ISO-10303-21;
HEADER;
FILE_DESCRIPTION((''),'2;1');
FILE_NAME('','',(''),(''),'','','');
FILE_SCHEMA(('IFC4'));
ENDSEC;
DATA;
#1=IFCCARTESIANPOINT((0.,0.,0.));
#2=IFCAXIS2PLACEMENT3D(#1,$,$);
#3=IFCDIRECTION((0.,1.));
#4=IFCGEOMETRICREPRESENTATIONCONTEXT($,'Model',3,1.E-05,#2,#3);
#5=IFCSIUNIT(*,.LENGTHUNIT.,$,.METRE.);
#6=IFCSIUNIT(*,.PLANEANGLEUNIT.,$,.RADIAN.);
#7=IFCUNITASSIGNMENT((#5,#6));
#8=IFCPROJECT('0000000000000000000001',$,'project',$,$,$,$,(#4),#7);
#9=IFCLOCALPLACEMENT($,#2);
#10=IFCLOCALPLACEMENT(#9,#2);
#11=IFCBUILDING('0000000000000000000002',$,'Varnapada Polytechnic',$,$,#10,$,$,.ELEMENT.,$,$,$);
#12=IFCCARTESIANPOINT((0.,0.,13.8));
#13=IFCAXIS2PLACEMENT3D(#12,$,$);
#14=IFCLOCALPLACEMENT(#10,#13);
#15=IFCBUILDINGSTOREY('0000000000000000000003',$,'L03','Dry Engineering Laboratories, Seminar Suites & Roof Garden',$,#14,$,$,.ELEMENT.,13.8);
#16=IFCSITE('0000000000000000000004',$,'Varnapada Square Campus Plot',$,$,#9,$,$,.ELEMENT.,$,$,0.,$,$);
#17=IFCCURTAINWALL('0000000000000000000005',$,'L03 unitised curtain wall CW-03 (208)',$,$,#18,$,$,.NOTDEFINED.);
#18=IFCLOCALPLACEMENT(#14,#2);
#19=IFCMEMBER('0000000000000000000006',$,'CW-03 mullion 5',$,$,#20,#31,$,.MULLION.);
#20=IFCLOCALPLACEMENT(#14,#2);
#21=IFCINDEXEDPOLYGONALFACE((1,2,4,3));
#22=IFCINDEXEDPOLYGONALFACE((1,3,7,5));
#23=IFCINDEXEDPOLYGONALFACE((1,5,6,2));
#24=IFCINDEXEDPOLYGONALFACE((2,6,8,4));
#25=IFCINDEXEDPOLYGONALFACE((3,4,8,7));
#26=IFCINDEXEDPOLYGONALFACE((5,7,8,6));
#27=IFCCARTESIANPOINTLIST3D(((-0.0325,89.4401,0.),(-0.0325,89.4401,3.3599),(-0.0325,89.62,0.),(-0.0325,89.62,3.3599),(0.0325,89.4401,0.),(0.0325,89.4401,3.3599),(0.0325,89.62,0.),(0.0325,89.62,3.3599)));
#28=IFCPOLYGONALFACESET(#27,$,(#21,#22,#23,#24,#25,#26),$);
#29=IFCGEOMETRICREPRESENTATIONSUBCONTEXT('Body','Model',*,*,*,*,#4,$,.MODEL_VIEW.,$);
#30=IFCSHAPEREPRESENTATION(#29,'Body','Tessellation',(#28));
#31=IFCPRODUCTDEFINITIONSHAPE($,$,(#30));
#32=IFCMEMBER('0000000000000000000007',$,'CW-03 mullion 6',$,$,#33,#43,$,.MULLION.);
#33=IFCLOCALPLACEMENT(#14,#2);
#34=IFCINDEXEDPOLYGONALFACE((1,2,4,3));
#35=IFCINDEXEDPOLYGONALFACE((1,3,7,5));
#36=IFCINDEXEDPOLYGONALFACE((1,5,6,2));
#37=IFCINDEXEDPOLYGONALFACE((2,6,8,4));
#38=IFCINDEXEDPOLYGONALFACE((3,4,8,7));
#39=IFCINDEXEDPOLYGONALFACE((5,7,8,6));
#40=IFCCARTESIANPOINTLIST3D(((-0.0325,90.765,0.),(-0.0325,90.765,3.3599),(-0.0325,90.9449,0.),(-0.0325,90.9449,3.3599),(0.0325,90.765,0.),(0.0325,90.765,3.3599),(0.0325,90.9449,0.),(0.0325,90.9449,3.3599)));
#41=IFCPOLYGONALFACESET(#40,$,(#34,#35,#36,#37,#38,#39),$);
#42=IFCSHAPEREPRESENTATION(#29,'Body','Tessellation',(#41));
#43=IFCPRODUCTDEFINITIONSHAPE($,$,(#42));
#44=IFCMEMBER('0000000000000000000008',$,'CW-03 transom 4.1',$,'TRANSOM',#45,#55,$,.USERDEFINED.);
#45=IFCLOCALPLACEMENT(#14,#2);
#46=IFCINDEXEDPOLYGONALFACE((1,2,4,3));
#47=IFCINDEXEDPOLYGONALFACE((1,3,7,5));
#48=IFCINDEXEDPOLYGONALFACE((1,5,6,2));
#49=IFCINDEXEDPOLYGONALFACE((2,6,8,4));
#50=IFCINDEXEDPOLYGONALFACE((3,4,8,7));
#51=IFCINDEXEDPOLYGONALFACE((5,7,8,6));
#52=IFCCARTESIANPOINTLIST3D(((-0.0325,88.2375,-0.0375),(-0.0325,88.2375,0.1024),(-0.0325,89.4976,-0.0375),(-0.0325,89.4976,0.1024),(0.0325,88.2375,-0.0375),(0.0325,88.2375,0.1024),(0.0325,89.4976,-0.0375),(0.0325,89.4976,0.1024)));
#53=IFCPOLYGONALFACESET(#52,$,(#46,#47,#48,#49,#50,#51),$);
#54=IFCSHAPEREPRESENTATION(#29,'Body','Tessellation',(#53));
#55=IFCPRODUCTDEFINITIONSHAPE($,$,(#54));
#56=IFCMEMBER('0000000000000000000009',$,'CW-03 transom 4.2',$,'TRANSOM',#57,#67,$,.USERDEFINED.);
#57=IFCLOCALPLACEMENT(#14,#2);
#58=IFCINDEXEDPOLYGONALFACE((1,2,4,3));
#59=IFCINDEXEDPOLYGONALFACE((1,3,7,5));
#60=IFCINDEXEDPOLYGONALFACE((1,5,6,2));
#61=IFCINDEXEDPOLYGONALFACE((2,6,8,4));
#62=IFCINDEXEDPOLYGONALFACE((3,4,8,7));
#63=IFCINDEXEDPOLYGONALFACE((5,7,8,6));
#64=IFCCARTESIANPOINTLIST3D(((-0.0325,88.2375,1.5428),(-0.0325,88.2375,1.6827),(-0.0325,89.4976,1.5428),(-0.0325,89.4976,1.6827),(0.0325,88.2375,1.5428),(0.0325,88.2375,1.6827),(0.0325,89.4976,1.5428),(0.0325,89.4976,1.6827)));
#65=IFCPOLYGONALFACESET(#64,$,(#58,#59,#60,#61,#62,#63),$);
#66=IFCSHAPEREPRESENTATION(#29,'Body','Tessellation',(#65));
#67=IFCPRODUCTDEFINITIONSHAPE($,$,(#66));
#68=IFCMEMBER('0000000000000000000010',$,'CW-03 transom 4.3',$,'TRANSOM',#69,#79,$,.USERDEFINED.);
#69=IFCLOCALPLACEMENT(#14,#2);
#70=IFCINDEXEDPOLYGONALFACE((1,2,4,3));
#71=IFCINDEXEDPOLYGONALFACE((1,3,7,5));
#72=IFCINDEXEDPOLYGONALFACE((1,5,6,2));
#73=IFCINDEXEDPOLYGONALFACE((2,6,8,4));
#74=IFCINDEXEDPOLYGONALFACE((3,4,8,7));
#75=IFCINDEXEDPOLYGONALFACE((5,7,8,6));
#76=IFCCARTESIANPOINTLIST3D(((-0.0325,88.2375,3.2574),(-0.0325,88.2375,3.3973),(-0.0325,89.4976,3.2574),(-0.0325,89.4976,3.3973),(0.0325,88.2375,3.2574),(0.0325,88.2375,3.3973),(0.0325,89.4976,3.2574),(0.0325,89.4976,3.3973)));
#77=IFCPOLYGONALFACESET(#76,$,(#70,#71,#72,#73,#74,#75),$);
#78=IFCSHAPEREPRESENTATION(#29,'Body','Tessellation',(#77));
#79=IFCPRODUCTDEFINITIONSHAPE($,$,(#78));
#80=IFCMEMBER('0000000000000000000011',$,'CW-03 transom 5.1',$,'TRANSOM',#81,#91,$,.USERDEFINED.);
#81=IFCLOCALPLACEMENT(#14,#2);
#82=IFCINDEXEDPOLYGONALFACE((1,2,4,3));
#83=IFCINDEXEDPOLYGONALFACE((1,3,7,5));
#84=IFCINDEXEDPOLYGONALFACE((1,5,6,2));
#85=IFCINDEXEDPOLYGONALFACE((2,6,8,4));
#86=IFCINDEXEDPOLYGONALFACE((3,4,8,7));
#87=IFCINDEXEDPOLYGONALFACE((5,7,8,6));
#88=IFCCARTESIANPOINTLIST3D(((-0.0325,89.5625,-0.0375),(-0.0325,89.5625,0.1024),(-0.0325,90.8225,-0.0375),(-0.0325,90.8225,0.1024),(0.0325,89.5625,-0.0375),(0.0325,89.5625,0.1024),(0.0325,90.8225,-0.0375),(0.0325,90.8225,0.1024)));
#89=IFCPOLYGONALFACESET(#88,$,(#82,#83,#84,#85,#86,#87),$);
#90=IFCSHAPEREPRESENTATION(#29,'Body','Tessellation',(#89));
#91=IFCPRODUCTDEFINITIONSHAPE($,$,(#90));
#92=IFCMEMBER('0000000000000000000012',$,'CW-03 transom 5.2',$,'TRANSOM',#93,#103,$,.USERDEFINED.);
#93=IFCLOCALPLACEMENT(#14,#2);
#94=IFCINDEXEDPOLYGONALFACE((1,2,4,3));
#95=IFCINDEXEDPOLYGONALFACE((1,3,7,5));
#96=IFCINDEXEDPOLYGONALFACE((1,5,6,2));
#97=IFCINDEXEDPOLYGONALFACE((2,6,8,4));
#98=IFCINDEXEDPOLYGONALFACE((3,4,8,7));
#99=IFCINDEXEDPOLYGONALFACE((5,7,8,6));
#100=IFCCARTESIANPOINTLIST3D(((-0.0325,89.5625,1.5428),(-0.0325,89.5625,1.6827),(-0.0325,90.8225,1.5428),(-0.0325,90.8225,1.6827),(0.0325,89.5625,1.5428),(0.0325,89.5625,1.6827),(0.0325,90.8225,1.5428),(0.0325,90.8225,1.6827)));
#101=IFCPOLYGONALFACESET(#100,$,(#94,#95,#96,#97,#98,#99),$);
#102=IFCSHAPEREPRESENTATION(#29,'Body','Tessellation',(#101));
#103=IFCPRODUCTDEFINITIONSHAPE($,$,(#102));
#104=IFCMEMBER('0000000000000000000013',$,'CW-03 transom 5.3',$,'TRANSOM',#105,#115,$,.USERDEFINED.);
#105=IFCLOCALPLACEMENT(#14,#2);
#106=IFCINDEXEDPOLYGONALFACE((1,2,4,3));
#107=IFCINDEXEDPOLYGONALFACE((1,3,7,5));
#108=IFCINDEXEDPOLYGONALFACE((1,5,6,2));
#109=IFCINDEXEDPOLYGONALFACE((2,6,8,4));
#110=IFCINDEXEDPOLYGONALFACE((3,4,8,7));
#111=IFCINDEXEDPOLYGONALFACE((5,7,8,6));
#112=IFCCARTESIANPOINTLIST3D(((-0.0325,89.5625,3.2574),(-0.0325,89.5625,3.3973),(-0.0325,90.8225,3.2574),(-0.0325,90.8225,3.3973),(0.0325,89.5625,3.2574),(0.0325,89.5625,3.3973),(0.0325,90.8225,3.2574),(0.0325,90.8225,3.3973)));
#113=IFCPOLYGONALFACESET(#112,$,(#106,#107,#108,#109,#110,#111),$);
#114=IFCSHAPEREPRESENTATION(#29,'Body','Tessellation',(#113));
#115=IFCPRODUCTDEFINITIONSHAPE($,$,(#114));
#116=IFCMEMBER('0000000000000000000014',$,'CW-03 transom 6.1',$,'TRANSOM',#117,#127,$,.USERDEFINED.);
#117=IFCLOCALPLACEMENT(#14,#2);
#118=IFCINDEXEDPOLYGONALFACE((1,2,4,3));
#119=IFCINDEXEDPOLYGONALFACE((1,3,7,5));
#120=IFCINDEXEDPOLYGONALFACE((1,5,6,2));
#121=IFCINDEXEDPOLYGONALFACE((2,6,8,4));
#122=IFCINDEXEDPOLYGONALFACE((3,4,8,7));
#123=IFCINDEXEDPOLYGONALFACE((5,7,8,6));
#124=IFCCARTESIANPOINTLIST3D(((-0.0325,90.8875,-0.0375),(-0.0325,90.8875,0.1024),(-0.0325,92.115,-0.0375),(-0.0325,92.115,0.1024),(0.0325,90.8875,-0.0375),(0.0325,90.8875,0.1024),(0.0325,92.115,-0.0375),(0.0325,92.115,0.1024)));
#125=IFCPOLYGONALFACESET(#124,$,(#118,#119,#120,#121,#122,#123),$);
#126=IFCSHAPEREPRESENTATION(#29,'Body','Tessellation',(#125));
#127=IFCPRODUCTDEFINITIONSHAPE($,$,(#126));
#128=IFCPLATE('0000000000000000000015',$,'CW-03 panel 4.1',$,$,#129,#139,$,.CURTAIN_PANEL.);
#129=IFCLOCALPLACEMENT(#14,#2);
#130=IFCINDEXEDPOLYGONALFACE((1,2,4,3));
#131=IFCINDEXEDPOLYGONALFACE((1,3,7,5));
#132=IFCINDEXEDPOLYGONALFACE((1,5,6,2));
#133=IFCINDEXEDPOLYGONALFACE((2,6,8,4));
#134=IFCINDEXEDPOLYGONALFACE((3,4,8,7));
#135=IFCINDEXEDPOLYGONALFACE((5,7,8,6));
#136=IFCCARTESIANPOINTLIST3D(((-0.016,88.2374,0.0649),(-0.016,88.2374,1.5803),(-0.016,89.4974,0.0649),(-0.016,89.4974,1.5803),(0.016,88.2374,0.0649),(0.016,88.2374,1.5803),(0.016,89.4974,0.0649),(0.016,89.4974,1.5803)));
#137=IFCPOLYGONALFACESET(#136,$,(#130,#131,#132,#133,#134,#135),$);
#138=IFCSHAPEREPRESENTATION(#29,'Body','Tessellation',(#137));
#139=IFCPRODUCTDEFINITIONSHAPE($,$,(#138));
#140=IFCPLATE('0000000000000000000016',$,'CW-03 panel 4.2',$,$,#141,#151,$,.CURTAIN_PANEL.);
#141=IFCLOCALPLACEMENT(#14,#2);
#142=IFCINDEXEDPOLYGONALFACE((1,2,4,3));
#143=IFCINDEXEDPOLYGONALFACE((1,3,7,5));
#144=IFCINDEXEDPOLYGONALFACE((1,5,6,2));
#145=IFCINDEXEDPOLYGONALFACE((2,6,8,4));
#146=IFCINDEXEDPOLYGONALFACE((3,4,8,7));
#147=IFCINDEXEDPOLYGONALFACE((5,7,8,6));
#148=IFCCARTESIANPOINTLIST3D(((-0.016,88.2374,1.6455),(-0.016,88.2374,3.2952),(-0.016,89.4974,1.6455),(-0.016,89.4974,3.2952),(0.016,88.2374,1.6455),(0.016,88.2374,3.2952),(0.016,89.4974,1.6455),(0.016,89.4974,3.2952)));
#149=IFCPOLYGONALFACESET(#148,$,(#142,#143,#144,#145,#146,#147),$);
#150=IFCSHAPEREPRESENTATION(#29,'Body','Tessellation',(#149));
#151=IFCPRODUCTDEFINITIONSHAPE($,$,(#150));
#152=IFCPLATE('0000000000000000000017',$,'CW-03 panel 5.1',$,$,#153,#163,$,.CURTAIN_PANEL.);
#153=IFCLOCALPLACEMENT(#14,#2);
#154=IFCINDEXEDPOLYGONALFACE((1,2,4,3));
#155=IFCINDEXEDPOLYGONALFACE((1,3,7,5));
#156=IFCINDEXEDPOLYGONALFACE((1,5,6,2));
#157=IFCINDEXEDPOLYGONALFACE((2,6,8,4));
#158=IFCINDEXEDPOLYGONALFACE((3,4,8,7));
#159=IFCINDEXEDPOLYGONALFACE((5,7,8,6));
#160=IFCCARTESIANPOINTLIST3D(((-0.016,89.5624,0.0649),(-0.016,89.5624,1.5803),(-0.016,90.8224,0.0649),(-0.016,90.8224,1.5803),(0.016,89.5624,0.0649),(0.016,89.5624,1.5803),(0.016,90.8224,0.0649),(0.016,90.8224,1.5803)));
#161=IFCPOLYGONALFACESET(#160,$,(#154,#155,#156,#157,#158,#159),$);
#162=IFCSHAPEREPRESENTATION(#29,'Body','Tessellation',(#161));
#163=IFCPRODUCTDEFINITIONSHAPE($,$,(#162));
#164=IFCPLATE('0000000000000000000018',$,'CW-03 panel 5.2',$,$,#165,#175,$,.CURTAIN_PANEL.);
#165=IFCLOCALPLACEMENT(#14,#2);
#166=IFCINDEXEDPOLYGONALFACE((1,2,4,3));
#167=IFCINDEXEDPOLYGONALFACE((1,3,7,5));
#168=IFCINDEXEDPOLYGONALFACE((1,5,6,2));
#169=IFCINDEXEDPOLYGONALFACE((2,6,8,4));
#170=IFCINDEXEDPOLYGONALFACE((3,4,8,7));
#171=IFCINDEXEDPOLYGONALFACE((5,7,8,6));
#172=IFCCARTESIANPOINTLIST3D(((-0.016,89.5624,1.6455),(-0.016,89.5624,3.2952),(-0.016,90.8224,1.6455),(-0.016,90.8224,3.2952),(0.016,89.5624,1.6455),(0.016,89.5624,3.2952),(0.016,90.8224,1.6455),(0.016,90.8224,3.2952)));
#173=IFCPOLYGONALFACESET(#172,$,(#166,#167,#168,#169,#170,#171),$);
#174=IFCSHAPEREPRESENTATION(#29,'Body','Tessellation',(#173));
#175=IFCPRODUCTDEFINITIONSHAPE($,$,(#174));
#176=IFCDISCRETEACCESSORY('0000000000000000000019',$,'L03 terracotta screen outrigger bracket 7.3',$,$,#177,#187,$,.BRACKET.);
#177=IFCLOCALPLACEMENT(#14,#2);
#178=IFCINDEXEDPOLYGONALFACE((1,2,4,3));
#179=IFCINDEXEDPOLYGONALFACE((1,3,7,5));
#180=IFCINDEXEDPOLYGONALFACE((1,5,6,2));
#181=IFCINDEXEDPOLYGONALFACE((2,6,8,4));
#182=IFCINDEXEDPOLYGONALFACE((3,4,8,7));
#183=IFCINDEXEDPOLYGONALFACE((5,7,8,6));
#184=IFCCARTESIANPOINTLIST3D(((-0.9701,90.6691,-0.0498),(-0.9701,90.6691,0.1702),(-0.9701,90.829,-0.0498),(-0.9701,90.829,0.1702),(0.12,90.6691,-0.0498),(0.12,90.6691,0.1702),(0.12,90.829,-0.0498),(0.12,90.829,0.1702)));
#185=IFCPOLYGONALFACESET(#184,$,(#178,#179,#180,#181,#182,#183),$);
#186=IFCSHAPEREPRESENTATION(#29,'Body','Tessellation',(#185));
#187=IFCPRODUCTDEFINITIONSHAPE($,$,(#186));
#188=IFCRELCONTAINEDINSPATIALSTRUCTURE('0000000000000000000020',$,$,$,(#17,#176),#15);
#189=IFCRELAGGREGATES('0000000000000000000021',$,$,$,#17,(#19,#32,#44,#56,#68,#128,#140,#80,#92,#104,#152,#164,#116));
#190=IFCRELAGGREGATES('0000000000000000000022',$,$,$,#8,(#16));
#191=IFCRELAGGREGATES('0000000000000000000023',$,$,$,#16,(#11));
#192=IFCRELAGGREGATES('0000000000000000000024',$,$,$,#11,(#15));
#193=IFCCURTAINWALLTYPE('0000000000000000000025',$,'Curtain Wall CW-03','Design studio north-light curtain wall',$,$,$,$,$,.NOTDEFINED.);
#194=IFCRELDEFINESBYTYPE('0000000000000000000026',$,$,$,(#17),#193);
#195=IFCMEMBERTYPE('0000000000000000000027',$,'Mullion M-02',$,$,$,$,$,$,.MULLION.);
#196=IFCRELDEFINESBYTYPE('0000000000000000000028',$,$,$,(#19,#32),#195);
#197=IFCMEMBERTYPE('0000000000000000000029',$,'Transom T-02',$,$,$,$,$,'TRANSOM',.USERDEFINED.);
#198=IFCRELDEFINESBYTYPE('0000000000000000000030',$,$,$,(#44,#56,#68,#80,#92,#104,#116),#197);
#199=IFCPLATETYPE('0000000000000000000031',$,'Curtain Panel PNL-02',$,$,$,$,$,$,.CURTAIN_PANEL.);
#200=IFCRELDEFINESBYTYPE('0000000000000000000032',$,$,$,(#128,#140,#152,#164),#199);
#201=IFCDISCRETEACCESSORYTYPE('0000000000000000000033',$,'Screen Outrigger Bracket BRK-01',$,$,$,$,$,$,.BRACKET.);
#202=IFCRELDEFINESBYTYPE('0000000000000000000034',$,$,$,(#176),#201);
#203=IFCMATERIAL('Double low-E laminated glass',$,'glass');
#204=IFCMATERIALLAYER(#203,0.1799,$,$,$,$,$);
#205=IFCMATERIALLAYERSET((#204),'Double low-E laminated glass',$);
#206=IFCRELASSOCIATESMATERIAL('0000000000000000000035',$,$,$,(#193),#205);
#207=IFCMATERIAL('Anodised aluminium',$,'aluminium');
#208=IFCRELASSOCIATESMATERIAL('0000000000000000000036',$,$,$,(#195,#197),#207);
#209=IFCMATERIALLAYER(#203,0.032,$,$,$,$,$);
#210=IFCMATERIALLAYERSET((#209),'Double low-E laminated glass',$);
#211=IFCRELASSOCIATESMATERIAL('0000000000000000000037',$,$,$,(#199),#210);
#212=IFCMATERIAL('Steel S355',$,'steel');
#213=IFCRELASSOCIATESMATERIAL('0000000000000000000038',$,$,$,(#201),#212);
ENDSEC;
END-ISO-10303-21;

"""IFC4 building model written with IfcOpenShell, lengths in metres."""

from ifc_helpers import new_model, si_unit, direction, frame, origin, origin_2d, place, context, subcontext, project, spatial, rectangle, extrude, material, layer, layer_set, material_profile, profile_set, type_object, element, aggregate, save


model = new_model("IFC4")

# Units and contexts
model_context = context("Model", 3, precision=1e-05, world=origin(), true_north=direction((0.0, 1.0)))
body_context = subcontext(model_context, "Body", "Model", "MODEL_VIEW")
ifc_project = project(units=[si_unit("LENGTHUNIT", "METRE"), si_unit("PLANEANGLEUNIT", "RADIAN")], contexts=[model_context])

# Site, building, storey
site_placement = place(None, origin())
site = spatial("IfcSite", under=ifc_project, at=site_placement, Name="Varnapada Square Campus Plot", CompositionType="ELEMENT", RefElevation=0.0)
building_placement = place(site_placement, origin())
building = spatial("IfcBuilding", under=site, at=building_placement, Name="Varnapada Polytechnic", CompositionType="ELEMENT")
storey_placement = place(building_placement, frame((0.0, 0.0, 13.8)))
storey = spatial("IfcBuildingStorey", under=building, at=storey_placement, Name="L03", Description="Dry Engineering Laboratories, Seminar Suites & Roof Garden", CompositionType="ELEMENT", Elevation=13.8)

# Curtain wall, members, plates
ifc_material_1 = material(Name="Double low-E laminated glass", Category="glass")
ifc_layer_1 = layer(ifc_material_1, 0.1799)
ifc_layer_set_1 = layer_set([ifc_layer_1], Name="Double low-E laminated glass")
curtain_wall_type = type_object("IfcCurtainWallType", Name="Curtain Wall CW-03", Description="Design studio north-light curtain wall", PredefinedType="NOTDEFINED", material=ifc_layer_set_1)
curtain_wall_placement = place(storey_placement, origin())
curtain_wall = element("IfcCurtainWall", 1, at=curtain_wall_placement, inside=storey, type_object=curtain_wall_type, Name="L03 unitised curtain wall CW-03 (208)", PredefinedType="NOTDEFINED")
ifc_material_2 = material(Name="Anodised aluminium", Category="aluminium")
ifc_material_profile_1 = material_profile(ifc_material_2, rectangle(XDim=0.0649, YDim=0.1799, at=origin_2d()), Name="ALU M65x180")
ifc_profile_set_1 = profile_set([ifc_material_profile_1], Name="Anodised aluminium")
member_type_1 = type_object("IfcMemberType", Name="Mullion M-02", PredefinedType="MULLION", material=ifc_profile_set_1)
member_1_placement = place(storey_placement, frame((0.0, 89.53, 0.0), z_axis=(0.0, 0.0, 1.0), x_axis=(-1.0, 0.0, 0.0)))
member_1 = element("IfcMember", 2, at=member_1_placement, type_object=member_type_1, Name="CW-03 mullion 5", PredefinedType="MULLION", context=body_context, shape_type="SweptSolid", body=[
    extrude(rectangle(XDim=0.0649, YDim=0.1799, at=origin_2d()), origin(), (0.0, 0.0, 1.0), 3.3599),
])
member_2_placement = place(storey_placement, frame((0.0, 90.855, 0.0), z_axis=(0.0, 0.0, 1.0), x_axis=(-1.0, 0.0, 0.0)))
member_2 = element("IfcMember", 3, at=member_2_placement, type_object=member_type_1, Name="CW-03 mullion 6", PredefinedType="MULLION", context=body_context, shape_type="SweptSolid", body=[
    extrude(rectangle(XDim=0.0649, YDim=0.1799, at=origin_2d()), origin(), (0.0, 0.0, 1.0), 3.3599),
])
ifc_material_profile_2 = material_profile(ifc_material_2, rectangle(XDim=0.0649, YDim=0.1399, at=origin_2d()), Name="ALU T65x140")
ifc_profile_set_2 = profile_set([ifc_material_profile_2], Name="Anodised aluminium")
member_type_2 = type_object("IfcMemberType", Name="Transom T-02", ElementType="TRANSOM", PredefinedType="USERDEFINED", material=ifc_profile_set_2)
member_3_placement = place(storey_placement, frame((0.0, 88.2375, 0.0325), z_axis=(0.0, 1.0, 0.0), x_axis=(-1.0, 0.0, 0.0)))
member_3 = element("IfcMember", 4, at=member_3_placement, type_object=member_type_2, Name="CW-03 transom 4.1", ObjectType="TRANSOM", PredefinedType="USERDEFINED", context=body_context, shape_type="SweptSolid", body=[
    extrude(rectangle(XDim=0.0649, YDim=0.1399, at=origin_2d()), origin(), (0.0, 0.0, 1.0), 1.26),
])
member_4_placement = place(storey_placement, frame((0.0, 88.2375, 1.6128), z_axis=(0.0, 1.0, 0.0), x_axis=(-1.0, 0.0, 0.0)))
member_4 = element("IfcMember", 5, at=member_4_placement, type_object=member_type_2, Name="CW-03 transom 4.2", ObjectType="TRANSOM", PredefinedType="USERDEFINED", context=body_context, shape_type="SweptSolid", body=[
    extrude(rectangle(XDim=0.0649, YDim=0.1399, at=origin_2d()), origin(), (0.0, 0.0, 1.0), 1.26),
])
member_5_placement = place(storey_placement, frame((0.0, 88.2375, 3.3274), z_axis=(0.0, 1.0, 0.0), x_axis=(-1.0, 0.0, 0.0)))
member_5 = element("IfcMember", 6, at=member_5_placement, type_object=member_type_2, Name="CW-03 transom 4.3", ObjectType="TRANSOM", PredefinedType="USERDEFINED", context=body_context, shape_type="SweptSolid", body=[
    extrude(rectangle(XDim=0.0649, YDim=0.1399, at=origin_2d()), origin(), (0.0, 0.0, 1.0), 1.26),
])
member_6_placement = place(storey_placement, frame((0.0, 89.5625, 0.0325), z_axis=(0.0, 1.0, 0.0), x_axis=(-1.0, 0.0, 0.0)))
member_6 = element("IfcMember", 7, at=member_6_placement, type_object=member_type_2, Name="CW-03 transom 5.1", ObjectType="TRANSOM", PredefinedType="USERDEFINED", context=body_context, shape_type="SweptSolid", body=[
    extrude(rectangle(XDim=0.0649, YDim=0.1399, at=origin_2d()), origin(), (0.0, 0.0, 1.0), 1.26),
])
member_7_placement = place(storey_placement, frame((0.0, 89.5625, 1.6128), z_axis=(0.0, 1.0, 0.0), x_axis=(-1.0, 0.0, 0.0)))
member_7 = element("IfcMember", 8, at=member_7_placement, type_object=member_type_2, Name="CW-03 transom 5.2", ObjectType="TRANSOM", PredefinedType="USERDEFINED", context=body_context, shape_type="SweptSolid", body=[
    extrude(rectangle(XDim=0.0649, YDim=0.1399, at=origin_2d()), origin(), (0.0, 0.0, 1.0), 1.26),
])
member_8_placement = place(storey_placement, frame((0.0, 89.5625, 3.3274), z_axis=(0.0, 1.0, 0.0), x_axis=(-1.0, 0.0, 0.0)))
member_8 = element("IfcMember", 9, at=member_8_placement, type_object=member_type_2, Name="CW-03 transom 5.3", ObjectType="TRANSOM", PredefinedType="USERDEFINED", context=body_context, shape_type="SweptSolid", body=[
    extrude(rectangle(XDim=0.0649, YDim=0.1399, at=origin_2d()), origin(), (0.0, 0.0, 1.0), 1.26),
])
member_9_placement = place(storey_placement, frame((0.0, 90.8875, 0.0325), z_axis=(0.0, 1.0, 0.0), x_axis=(-1.0, 0.0, 0.0)))
member_9 = element("IfcMember", 10, at=member_9_placement, type_object=member_type_2, Name="CW-03 transom 6.1", ObjectType="TRANSOM", PredefinedType="USERDEFINED", context=body_context, shape_type="SweptSolid", body=[
    extrude(rectangle(XDim=0.0649, YDim=0.1399, at=origin_2d()), origin(), (0.0, 0.0, 1.0), 1.2275),
])
ifc_layer_2 = layer(ifc_material_1, 0.032)
ifc_layer_set_2 = layer_set([ifc_layer_2], Name="Double low-E laminated glass")
plate_type = type_object("IfcPlateType", Name="Curtain Panel PNL-02", PredefinedType="CURTAIN_PANEL", material=ifc_layer_set_2)
plate_1_placement = place(storey_placement, frame((0.0, 88.8674, 0.0649), z_axis=(0.0, 0.0, 1.0), x_axis=(0.0, 1.0, 0.0)))
plate_1 = element("IfcPlate", 11, at=plate_1_placement, type_object=plate_type, Name="CW-03 panel 4.1", PredefinedType="CURTAIN_PANEL", context=body_context, shape_type="SweptSolid", body=[
    extrude(rectangle(XDim=1.26, YDim=0.032, at=origin_2d()), origin(), (0.0, 0.0, 1.0), 1.5154),
])
plate_2_placement = place(storey_placement, frame((0.0, 88.8674, 1.6455), z_axis=(0.0, 0.0, 1.0), x_axis=(0.0, 1.0, 0.0)))
plate_2 = element("IfcPlate", 12, at=plate_2_placement, type_object=plate_type, Name="CW-03 panel 4.2", PredefinedType="CURTAIN_PANEL", context=body_context, shape_type="SweptSolid", body=[
    extrude(rectangle(XDim=1.26, YDim=0.032, at=origin_2d()), origin(), (0.0, 0.0, 1.0), 1.6497),
])
plate_3_placement = place(storey_placement, frame((0.0, 90.1924, 0.0649), z_axis=(0.0, 0.0, 1.0), x_axis=(0.0, 1.0, 0.0)))
plate_3 = element("IfcPlate", 13, at=plate_3_placement, type_object=plate_type, Name="CW-03 panel 5.1", PredefinedType="CURTAIN_PANEL", context=body_context, shape_type="SweptSolid", body=[
    extrude(rectangle(XDim=1.26, YDim=0.032, at=origin_2d()), origin(), (0.0, 0.0, 1.0), 1.5154),
])
plate_4_placement = place(storey_placement, frame((0.0, 90.1924, 1.6455), z_axis=(0.0, 0.0, 1.0), x_axis=(0.0, 1.0, 0.0)))
plate_4 = element("IfcPlate", 14, at=plate_4_placement, type_object=plate_type, Name="CW-03 panel 5.2", PredefinedType="CURTAIN_PANEL", context=body_context, shape_type="SweptSolid", body=[
    extrude(rectangle(XDim=1.26, YDim=0.032, at=origin_2d()), origin(), (0.0, 0.0, 1.0), 1.6497),
])
aggregate(curtain_wall, [member_1, member_2, member_3, member_4, member_5, plate_1, plate_2, member_6, member_7, member_8, plate_3, plate_4, member_9])

# Discrete accessory
ifc_material_3 = material(Name="Steel S355", Category="steel")
discrete_accessory_type = type_object("IfcDiscreteAccessoryType", Name="Screen Outrigger Bracket BRK-01", PredefinedType="BRACKET", material=ifc_material_3)
discrete_accessory_placement = place(storey_placement, frame((-0.425, 90.749, -0.0498), z_axis=(0.0, 0.0, 1.0), x_axis=(0.0, 1.0, 0.0)))
element("IfcDiscreteAccessory", 15, at=discrete_accessory_placement, inside=storey, type_object=discrete_accessory_type, Name="L03 terracotta screen outrigger bracket 7.3", PredefinedType="BRACKET", context=body_context, shape_type="SweptSolid", body=[
    extrude(rectangle(XDim=0.1599, YDim=1.0901, at=origin_2d()), origin(), (0.0, 0.0, 1.0), 0.22),
])

save(model, "model.ifc")
